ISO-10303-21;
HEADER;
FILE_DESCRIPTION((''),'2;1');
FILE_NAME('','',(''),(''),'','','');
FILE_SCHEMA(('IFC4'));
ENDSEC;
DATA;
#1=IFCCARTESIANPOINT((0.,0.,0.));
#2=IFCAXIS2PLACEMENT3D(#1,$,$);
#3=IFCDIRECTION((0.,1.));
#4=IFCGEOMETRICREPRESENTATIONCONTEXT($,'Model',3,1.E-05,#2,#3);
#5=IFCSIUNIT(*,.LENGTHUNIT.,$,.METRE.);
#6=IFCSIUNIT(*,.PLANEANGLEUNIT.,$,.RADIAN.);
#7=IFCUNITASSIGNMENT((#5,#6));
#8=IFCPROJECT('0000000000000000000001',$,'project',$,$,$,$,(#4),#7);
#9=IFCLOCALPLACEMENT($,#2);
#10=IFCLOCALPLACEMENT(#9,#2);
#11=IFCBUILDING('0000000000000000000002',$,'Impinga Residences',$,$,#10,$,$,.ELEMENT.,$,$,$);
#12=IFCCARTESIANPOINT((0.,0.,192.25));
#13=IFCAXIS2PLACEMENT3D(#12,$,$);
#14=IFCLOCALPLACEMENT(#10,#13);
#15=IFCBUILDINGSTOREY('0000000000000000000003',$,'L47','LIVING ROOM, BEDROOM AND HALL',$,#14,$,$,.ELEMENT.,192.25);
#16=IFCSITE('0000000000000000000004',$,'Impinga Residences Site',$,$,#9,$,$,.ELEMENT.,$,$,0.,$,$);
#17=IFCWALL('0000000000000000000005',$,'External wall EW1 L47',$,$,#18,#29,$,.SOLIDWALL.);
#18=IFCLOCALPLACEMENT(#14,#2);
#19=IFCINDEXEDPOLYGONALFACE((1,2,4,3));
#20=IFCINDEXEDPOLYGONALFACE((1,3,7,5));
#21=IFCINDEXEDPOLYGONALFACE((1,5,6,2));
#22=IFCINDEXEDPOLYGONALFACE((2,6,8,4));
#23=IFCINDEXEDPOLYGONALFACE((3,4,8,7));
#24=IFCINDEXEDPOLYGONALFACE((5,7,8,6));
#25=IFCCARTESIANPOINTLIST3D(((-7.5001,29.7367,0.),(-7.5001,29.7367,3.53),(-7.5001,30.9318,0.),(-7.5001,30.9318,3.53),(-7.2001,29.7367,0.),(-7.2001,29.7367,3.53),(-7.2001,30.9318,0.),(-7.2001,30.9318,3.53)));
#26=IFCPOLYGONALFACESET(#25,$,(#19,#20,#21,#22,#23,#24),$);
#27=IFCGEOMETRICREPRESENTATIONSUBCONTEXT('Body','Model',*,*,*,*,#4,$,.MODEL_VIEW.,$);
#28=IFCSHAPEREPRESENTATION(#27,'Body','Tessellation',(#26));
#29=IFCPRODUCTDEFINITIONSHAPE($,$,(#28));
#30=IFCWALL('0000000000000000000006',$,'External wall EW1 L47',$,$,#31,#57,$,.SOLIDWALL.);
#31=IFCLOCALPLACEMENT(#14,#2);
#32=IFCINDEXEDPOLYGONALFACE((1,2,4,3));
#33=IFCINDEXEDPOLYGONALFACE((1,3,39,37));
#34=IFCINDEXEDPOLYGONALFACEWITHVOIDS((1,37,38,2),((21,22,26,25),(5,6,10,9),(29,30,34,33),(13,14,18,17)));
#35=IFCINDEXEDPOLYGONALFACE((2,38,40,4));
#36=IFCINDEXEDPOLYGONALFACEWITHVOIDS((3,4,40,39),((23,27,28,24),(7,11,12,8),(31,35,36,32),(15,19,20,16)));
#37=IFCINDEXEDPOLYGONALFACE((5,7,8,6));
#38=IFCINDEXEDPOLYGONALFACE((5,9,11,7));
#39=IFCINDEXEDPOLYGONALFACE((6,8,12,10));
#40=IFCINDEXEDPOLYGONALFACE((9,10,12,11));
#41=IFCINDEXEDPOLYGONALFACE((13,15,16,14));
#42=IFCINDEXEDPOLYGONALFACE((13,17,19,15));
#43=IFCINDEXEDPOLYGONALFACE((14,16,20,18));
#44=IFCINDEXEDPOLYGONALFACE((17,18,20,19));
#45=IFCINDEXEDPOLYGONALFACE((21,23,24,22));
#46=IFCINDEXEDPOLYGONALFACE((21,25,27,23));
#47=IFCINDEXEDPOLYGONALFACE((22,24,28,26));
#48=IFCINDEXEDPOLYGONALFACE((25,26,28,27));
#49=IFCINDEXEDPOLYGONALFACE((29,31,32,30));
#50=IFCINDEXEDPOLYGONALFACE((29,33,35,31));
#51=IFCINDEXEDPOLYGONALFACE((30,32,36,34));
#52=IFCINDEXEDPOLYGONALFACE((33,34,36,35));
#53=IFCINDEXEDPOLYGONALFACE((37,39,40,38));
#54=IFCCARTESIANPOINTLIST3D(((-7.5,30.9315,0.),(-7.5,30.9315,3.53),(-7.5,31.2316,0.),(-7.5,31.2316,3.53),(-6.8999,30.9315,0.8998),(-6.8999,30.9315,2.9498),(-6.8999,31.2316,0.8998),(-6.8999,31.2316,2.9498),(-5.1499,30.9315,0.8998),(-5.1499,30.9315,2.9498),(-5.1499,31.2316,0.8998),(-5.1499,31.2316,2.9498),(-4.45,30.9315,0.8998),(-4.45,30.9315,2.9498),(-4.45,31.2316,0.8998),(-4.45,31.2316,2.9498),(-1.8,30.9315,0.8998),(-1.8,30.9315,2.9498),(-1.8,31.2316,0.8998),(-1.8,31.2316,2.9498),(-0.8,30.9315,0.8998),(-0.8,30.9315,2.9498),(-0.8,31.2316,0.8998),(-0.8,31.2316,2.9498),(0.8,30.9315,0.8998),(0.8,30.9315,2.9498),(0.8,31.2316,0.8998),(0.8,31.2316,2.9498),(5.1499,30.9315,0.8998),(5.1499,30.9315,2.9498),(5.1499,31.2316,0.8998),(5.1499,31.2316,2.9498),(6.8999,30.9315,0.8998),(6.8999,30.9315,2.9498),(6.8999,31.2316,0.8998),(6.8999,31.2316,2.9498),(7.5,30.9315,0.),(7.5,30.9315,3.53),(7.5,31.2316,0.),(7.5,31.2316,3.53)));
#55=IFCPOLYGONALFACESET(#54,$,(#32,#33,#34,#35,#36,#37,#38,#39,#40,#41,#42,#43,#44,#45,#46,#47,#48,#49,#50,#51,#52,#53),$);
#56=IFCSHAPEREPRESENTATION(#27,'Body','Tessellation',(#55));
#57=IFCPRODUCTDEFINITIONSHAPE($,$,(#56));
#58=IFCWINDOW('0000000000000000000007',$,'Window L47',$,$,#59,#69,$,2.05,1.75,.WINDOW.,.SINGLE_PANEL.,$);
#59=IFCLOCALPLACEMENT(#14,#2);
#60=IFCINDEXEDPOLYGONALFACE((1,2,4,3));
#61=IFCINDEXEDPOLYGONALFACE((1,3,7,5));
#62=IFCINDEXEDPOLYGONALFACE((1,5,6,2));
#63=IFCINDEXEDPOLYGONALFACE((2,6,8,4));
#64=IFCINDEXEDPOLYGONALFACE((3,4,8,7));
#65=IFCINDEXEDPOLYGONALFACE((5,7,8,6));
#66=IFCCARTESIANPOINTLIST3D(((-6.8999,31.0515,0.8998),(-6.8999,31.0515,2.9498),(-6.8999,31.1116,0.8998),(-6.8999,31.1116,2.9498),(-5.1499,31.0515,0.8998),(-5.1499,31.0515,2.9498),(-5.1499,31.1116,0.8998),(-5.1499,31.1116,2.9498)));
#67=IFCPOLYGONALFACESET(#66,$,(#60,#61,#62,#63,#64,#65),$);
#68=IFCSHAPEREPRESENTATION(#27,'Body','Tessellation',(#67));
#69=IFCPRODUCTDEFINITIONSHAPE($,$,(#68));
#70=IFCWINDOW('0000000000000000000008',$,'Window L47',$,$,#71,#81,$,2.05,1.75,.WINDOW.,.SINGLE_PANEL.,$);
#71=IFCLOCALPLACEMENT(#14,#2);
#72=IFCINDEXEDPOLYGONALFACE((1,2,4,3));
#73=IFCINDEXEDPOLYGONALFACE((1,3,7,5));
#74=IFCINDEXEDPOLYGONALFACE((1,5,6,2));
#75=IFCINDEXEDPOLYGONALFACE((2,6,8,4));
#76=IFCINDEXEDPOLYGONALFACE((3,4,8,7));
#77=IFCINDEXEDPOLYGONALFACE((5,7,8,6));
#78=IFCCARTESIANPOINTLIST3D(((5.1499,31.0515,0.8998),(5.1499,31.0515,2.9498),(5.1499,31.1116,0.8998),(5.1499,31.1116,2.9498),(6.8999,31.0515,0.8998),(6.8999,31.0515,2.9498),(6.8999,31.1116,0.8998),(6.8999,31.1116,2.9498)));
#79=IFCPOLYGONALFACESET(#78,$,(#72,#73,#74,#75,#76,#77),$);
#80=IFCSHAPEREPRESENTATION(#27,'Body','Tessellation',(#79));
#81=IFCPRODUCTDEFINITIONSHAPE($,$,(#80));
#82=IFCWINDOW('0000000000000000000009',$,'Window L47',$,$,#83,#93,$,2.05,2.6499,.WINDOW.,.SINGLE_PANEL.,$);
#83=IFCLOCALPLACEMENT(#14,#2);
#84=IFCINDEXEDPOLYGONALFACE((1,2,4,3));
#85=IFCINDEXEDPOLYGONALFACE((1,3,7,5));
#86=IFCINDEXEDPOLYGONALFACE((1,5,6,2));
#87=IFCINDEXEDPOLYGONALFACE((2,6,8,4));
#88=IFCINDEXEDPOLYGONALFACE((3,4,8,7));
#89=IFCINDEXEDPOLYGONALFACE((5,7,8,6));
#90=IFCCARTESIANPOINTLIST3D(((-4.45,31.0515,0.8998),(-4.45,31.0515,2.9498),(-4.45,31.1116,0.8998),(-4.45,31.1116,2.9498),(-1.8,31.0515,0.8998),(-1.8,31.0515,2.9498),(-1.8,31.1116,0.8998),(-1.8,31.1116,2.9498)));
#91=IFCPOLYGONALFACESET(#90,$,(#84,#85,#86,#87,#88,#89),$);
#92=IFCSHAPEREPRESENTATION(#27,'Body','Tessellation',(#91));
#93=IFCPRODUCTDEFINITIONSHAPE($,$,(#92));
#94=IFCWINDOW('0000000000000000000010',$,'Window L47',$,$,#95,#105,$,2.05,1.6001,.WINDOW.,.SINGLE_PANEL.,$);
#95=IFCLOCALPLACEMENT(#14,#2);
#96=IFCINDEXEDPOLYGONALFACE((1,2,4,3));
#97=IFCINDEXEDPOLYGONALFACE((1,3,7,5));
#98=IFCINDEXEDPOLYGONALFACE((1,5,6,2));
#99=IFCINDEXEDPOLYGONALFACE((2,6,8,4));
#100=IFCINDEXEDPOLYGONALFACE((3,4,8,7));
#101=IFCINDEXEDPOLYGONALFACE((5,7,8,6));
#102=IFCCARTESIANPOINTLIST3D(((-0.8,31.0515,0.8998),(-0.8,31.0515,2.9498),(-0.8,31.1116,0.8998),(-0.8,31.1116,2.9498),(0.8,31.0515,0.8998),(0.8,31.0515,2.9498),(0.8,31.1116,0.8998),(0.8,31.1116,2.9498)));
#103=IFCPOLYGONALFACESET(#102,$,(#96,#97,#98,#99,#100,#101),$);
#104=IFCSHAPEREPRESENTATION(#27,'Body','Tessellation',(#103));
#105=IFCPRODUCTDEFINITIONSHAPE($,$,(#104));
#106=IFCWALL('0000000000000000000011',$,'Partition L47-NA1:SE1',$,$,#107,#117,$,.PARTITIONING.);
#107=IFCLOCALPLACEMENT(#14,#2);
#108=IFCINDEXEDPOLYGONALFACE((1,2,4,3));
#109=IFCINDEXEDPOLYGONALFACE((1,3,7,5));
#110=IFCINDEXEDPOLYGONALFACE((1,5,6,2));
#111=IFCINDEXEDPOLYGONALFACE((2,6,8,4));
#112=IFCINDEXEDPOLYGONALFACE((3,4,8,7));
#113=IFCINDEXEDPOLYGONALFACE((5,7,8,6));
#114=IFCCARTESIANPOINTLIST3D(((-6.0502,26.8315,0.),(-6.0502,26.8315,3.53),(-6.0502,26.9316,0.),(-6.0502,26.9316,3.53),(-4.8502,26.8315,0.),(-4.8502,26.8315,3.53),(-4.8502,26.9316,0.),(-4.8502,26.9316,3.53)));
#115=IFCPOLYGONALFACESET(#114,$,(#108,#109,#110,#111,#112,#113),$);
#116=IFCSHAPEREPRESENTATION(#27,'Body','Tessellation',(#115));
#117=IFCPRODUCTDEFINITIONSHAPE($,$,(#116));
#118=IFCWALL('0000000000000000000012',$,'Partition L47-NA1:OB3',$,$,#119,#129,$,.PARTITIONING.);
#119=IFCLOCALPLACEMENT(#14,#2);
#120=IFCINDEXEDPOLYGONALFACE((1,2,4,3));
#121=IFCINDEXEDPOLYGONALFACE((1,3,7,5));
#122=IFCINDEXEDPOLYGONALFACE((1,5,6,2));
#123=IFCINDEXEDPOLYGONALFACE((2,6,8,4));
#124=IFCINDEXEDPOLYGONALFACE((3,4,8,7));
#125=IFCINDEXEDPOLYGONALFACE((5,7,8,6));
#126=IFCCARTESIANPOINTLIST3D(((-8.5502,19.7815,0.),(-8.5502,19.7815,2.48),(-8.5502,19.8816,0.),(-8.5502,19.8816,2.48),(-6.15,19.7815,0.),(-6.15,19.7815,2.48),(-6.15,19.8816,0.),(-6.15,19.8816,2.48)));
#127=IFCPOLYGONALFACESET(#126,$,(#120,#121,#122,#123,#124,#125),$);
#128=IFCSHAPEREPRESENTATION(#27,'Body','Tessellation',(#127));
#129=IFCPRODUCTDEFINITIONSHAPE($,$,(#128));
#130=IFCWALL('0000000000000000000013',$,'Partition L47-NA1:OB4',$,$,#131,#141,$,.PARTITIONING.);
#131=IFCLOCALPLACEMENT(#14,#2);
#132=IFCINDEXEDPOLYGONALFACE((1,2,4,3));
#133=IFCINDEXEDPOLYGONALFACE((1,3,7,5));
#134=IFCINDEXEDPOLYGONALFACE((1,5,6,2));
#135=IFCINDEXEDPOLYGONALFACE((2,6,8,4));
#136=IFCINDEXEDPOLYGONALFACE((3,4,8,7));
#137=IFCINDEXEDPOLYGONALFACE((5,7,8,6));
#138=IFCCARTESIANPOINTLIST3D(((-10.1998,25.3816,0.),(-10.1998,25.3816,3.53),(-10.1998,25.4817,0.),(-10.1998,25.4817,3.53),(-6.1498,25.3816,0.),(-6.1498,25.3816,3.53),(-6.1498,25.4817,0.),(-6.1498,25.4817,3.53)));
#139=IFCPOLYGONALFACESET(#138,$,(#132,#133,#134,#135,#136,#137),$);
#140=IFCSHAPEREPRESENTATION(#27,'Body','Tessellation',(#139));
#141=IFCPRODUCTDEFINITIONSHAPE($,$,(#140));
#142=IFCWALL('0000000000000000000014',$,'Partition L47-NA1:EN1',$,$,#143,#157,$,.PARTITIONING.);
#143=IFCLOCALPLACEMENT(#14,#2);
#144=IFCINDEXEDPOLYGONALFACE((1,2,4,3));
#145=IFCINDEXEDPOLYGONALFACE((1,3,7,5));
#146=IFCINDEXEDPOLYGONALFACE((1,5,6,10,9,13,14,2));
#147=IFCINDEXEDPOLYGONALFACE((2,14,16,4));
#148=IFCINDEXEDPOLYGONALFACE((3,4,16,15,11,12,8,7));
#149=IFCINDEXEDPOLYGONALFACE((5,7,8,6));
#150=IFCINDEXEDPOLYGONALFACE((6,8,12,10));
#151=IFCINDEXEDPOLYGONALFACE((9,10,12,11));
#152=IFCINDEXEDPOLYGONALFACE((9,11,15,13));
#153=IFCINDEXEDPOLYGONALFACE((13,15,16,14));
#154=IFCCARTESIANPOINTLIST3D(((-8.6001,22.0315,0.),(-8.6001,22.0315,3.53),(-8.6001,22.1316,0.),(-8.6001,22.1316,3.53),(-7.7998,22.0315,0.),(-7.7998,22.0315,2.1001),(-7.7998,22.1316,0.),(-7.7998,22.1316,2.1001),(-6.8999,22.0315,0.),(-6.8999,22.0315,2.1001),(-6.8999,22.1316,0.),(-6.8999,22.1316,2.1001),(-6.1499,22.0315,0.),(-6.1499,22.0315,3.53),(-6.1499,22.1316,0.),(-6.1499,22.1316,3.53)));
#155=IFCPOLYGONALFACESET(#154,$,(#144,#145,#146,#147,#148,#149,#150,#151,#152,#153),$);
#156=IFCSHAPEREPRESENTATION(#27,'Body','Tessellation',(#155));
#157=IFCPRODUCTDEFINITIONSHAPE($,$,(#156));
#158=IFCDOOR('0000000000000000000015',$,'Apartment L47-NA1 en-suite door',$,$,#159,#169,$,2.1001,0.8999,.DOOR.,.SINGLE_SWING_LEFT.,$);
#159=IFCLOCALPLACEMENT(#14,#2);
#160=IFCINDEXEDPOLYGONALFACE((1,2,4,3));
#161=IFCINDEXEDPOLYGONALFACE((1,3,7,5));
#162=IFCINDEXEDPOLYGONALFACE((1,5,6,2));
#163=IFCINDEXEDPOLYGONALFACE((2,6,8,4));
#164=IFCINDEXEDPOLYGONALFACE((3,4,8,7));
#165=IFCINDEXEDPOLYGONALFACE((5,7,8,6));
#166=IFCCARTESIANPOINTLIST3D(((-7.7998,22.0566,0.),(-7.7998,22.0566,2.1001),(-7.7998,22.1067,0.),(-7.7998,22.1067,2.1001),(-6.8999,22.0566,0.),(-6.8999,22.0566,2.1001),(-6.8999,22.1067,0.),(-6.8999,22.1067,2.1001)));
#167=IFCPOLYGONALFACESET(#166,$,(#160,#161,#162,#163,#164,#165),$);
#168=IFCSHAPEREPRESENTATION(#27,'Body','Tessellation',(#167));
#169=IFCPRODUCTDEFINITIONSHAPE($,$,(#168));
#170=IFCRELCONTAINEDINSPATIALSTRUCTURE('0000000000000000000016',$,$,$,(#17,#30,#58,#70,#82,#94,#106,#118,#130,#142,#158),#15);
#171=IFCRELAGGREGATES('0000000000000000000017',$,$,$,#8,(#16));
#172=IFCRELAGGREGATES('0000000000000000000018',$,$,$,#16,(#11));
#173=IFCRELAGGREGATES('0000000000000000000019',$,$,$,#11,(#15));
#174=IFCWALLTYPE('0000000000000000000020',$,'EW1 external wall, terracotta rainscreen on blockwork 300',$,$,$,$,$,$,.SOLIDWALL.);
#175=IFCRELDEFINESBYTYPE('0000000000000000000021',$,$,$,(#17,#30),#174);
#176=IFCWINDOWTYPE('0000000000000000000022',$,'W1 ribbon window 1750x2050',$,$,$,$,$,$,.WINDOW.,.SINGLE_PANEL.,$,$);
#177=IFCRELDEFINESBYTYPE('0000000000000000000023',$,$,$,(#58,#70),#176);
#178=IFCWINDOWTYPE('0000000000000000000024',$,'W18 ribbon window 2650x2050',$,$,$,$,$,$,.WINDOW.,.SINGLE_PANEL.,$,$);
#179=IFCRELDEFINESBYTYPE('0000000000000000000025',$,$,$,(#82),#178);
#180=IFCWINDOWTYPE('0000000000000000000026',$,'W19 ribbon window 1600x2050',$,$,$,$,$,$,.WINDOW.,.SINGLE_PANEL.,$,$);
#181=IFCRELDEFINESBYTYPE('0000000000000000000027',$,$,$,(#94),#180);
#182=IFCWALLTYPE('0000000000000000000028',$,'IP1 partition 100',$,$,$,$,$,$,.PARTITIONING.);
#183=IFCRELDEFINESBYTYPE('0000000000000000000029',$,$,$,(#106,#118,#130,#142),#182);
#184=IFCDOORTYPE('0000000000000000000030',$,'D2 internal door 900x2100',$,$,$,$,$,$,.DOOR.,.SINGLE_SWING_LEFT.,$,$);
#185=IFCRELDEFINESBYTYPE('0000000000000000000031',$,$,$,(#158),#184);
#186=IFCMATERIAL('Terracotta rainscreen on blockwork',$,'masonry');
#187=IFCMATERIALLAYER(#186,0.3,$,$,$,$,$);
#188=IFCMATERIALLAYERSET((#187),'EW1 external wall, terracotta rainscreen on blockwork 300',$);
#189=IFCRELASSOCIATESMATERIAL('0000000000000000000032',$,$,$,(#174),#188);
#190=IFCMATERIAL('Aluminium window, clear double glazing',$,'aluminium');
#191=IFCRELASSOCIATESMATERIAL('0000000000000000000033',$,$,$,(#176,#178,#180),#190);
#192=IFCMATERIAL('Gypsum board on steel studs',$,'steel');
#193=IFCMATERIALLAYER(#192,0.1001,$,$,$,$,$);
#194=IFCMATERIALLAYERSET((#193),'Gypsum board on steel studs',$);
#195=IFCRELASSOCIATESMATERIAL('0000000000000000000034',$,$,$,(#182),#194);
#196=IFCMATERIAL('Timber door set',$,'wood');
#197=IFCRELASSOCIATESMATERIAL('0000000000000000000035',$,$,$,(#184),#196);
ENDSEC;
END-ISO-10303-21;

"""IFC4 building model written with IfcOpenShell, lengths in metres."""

from ifc_helpers import new_model, si_unit, direction, frame, frame_2d, origin, place, context, subcontext, project, spatial, rectangle, extrude, material, layer, layer_set, type_object, element, fill, save


model = new_model("IFC4")

# Units and contexts
model_context = context("Model", 3, precision=1e-05, world=origin(), true_north=direction((0.0, 1.0)))
body_context = subcontext(model_context, "Body", "Model", "MODEL_VIEW")
ifc_project = project(units=[si_unit("LENGTHUNIT", "METRE"), si_unit("PLANEANGLEUNIT", "RADIAN")], contexts=[model_context])

# Site, building, storey
site_placement = place(None, origin())
site = spatial("IfcSite", under=ifc_project, at=site_placement, Name="Impinga Residences Site", CompositionType="ELEMENT", RefElevation=0.0)
building_placement = place(site_placement, origin())
building = spatial("IfcBuilding", under=site, at=building_placement, Name="Impinga Residences", CompositionType="ELEMENT")
storey_placement = place(building_placement, frame((0.0, 0.0, 192.25)))
storey = spatial("IfcBuildingStorey", under=building, at=storey_placement, Name="L47", Description="LIVING ROOM, BEDROOM AND HALL", CompositionType="ELEMENT", Elevation=192.25)

# Shared definitions
ifc_material_1 = material(Name="Timber door set", Category="wood")

# Wall
ifc_material_2 = material(Name="Terracotta rainscreen on blockwork", Category="masonry")
ifc_layer_1 = layer(ifc_material_2, 0.3)
ifc_layer_set_1 = layer_set([ifc_layer_1], Name="EW1 external wall, terracotta rainscreen on blockwork 300")
wall_type_1 = type_object("IfcWallType", Name="EW1 external wall, terracotta rainscreen on blockwork 300", PredefinedType="SOLIDWALL", material=ifc_layer_set_1)
wall_1_placement = place(storey_placement, frame((-7.3501, 29.7366, 0.0), z_axis=(0.0, 0.0, 1.0), x_axis=(0.0, 1.0, 0.0)))
element("IfcWall", 1, at=wall_1_placement, inside=storey, type_object=wall_type_1, Name="External wall EW1 L47", PredefinedType="SOLIDWALL", context=body_context, shape_type="SweptSolid", body=[
    extrude(rectangle(XDim=1.1951, YDim=0.3, at=frame_2d((0.5977, 0.0))), origin(), (0.0, 0.0, 1.0), 3.53),
])

# Wall, openings, windows
wall_2_placement = place(storey_placement, frame((-7.5, 31.0815, 0.0), z_axis=(0.0, 0.0, 1.0), x_axis=(1.0, 0.0, 0.0)))
wall_2 = element("IfcWall", 2, at=wall_2_placement, inside=storey, type_object=wall_type_1, Name="External wall EW1 L47", PredefinedType="SOLIDWALL", context=body_context, shape_type="SweptSolid", body=[
    extrude(rectangle(XDim=15.0, YDim=0.3, at=frame_2d((7.5, 0.0))), origin(), (0.0, 0.0, 1.0), 3.53),
])
opening_1_placement = place(wall_2_placement, frame((0.6001, 0.0, 0.8999)))
opening_1 = element("IfcOpeningElement", 3, at=opening_1_placement, cuts=wall_2, PredefinedType="OPENING", context=body_context, shape_type="SweptSolid", body=[
    extrude(rectangle(XDim=1.75, YDim=2.05, at=frame_2d((0.875, 1.0249))), frame((0.0, 0.1599, 0.0), z_axis=(0.0, -1.0, 0.0), x_axis=(1.0, 0.0, 0.0)), (0.0, 0.0, 1.0), 0.3201),
])
opening_2_placement = place(wall_2_placement, frame((3.05, 0.0, 0.8999)))
opening_2 = element("IfcOpeningElement", 4, at=opening_2_placement, cuts=wall_2, PredefinedType="OPENING", context=body_context, shape_type="SweptSolid", body=[
    extrude(rectangle(XDim=2.6499, YDim=2.05, at=frame_2d((1.325, 1.0249))), frame((0.0, 0.1599, 0.0), z_axis=(0.0, -1.0, 0.0), x_axis=(1.0, 0.0, 0.0)), (0.0, 0.0, 1.0), 0.3201),
])
opening_3_placement = place(wall_2_placement, frame((6.7, 0.0, 0.8999)))
opening_3 = element("IfcOpeningElement", 5, at=opening_3_placement, cuts=wall_2, PredefinedType="OPENING", context=body_context, shape_type="SweptSolid", body=[
    extrude(rectangle(XDim=1.6001, YDim=2.05, at=frame_2d((0.8, 1.0249))), frame((0.0, 0.1599, 0.0), z_axis=(0.0, -1.0, 0.0), x_axis=(1.0, 0.0, 0.0)), (0.0, 0.0, 1.0), 0.3201),
])
opening_4_placement = place(wall_2_placement, frame((12.6499, 0.0, 0.8999)))
opening_4 = element("IfcOpeningElement", 6, at=opening_4_placement, cuts=wall_2, PredefinedType="OPENING", context=body_context, shape_type="SweptSolid", body=[
    extrude(rectangle(XDim=1.75, YDim=2.05, at=frame_2d((0.875, 1.0249))), frame((0.0, 0.1599, 0.0), z_axis=(0.0, -1.0, 0.0), x_axis=(1.0, 0.0, 0.0)), (0.0, 0.0, 1.0), 0.3201),
])
ifc_material_3 = material(Name="Aluminium window, clear double glazing", Category="aluminium")
window_type_1 = type_object("IfcWindowType", Name="W1 ribbon window 1750x2050", PartitioningType="SINGLE_PANEL", PredefinedType="WINDOW", material=ifc_material_3)
window_1_placement = place(opening_1_placement, origin())
window_1 = element("IfcWindow", 7, at=window_1_placement, inside=storey, type_object=window_type_1, Name="Window L47", OverallHeight=2.05, OverallWidth=1.75, PartitioningType="SINGLE_PANEL", PredefinedType="WINDOW", context=body_context, shape_type="SweptSolid", body=[
    extrude(rectangle(XDim=1.75, YDim=2.05, at=frame_2d((0.875, 1.0249))), frame((0.0, 0.03, 0.0), z_axis=(0.0, -1.0, 0.0), x_axis=(1.0, 0.0, 0.0)), (0.0, 0.0, 1.0), 0.0601),
])
fill(opening_1, window_1)
window_2_placement = place(opening_4_placement, origin())
window_2 = element("IfcWindow", 8, at=window_2_placement, inside=storey, type_object=window_type_1, Name="Window L47", OverallHeight=2.05, OverallWidth=1.75, PartitioningType="SINGLE_PANEL", PredefinedType="WINDOW", context=body_context, shape_type="SweptSolid", body=[
    extrude(rectangle(XDim=1.75, YDim=2.05, at=frame_2d((0.875, 1.0249))), frame((0.0, 0.03, 0.0), z_axis=(0.0, -1.0, 0.0), x_axis=(1.0, 0.0, 0.0)), (0.0, 0.0, 1.0), 0.0601),
])
fill(opening_4, window_2)
window_type_2 = type_object("IfcWindowType", Name="W18 ribbon window 2650x2050", PartitioningType="SINGLE_PANEL", PredefinedType="WINDOW", material=ifc_material_3)
window_3_placement = place(opening_2_placement, origin())
window_3 = element("IfcWindow", 9, at=window_3_placement, inside=storey, type_object=window_type_2, Name="Window L47", OverallHeight=2.05, OverallWidth=2.6499, PartitioningType="SINGLE_PANEL", PredefinedType="WINDOW", context=body_context, shape_type="SweptSolid", body=[
    extrude(rectangle(XDim=2.6499, YDim=2.05, at=frame_2d((1.325, 1.0249))), frame((0.0, 0.03, 0.0), z_axis=(0.0, -1.0, 0.0), x_axis=(1.0, 0.0, 0.0)), (0.0, 0.0, 1.0), 0.0601),
])
fill(opening_2, window_3)
window_type_3 = type_object("IfcWindowType", Name="W19 ribbon window 1600x2050", PartitioningType="SINGLE_PANEL", PredefinedType="WINDOW", material=ifc_material_3)
window_4_placement = place(opening_3_placement, origin())
window_4 = element("IfcWindow", 10, at=window_4_placement, inside=storey, type_object=window_type_3, Name="Window L47", OverallHeight=2.05, OverallWidth=1.6001, PartitioningType="SINGLE_PANEL", PredefinedType="WINDOW", context=body_context, shape_type="SweptSolid", body=[
    extrude(rectangle(XDim=1.6001, YDim=2.05, at=frame_2d((0.8, 1.0249))), frame((0.0, 0.03, 0.0), z_axis=(0.0, -1.0, 0.0), x_axis=(1.0, 0.0, 0.0)), (0.0, 0.0, 1.0), 0.0601),
])
fill(opening_3, window_4)

# Walls
ifc_material_4 = material(Name="Gypsum board on steel studs", Category="steel")
ifc_layer_2 = layer(ifc_material_4, 0.1001)
ifc_layer_set_2 = layer_set([ifc_layer_2], Name="Gypsum board on steel studs")
wall_type_2 = type_object("IfcWallType", Name="IP1 partition 100", PredefinedType="PARTITIONING", material=ifc_layer_set_2)
wall_3_placement = place(storey_placement, frame((-4.8501, 26.8816, 0.0), z_axis=(0.0, 0.0, 1.0), x_axis=(-1.0, 0.0, 0.0)))
element("IfcWall", 11, at=wall_3_placement, inside=storey, type_object=wall_type_2, Name="Partition L47-NA1:SE1", PredefinedType="PARTITIONING", context=body_context, shape_type="SweptSolid", body=[
    extrude(rectangle(XDim=1.2, YDim=0.1001, at=frame_2d((0.6001, 0.0))), origin(), (0.0, 0.0, 1.0), 3.53),
])
wall_4_placement = place(storey_placement, frame((-6.1499, 19.8315, 0.0), z_axis=(0.0, 0.0, 1.0), x_axis=(-1.0, 0.0, 0.0)))
element("IfcWall", 12, at=wall_4_placement, inside=storey, type_object=wall_type_2, Name="Partition L47-NA1:OB3", PredefinedType="PARTITIONING", context=body_context, shape_type="SweptSolid", body=[
    extrude(rectangle(XDim=2.4001, YDim=0.1001, at=frame_2d((1.2002, 0.0))), origin(), (0.0, 0.0, 1.0), 2.48),
])
wall_5_placement = place(storey_placement, frame((-6.1499, 25.4316, 0.0), z_axis=(0.0, 0.0, 1.0), x_axis=(-1.0, 0.0, 0.0)))
element("IfcWall", 13, at=wall_5_placement, inside=storey, type_object=wall_type_2, Name="Partition L47-NA1:OB4", PredefinedType="PARTITIONING", context=body_context, shape_type="SweptSolid", body=[
    extrude(rectangle(XDim=4.05, YDim=0.1001, at=frame_2d((2.0249, 0.0))), origin(), (0.0, 0.0, 1.0), 3.53),
])

# Wall, opening, door
wall_6_placement = place(storey_placement, frame((-6.1499, 22.0815, 0.0), z_axis=(0.0, 0.0, 1.0), x_axis=(-1.0, 0.0, 0.0)))
wall_6 = element("IfcWall", 14, at=wall_6_placement, inside=storey, type_object=wall_type_2, Name="Partition L47-NA1:EN1", PredefinedType="PARTITIONING", context=body_context, shape_type="SweptSolid", body=[
    extrude(rectangle(XDim=2.4502, YDim=0.1001, at=frame_2d((1.2251, 0.0))), origin(), (0.0, 0.0, 1.0), 3.53),
])
opening_5_placement = place(wall_6_placement, frame((0.75, 0.0, 0.0)))
opening_5 = element("IfcOpeningElement", 15, at=opening_5_placement, cuts=wall_6, PredefinedType="OPENING", context=body_context, shape_type="SweptSolid", body=[
    extrude(rectangle(XDim=0.8999, YDim=2.1001, at=frame_2d((0.45, 1.05))), frame((0.0, 0.0601, 0.0), z_axis=(0.0, -1.0, 0.0), x_axis=(1.0, 0.0, 0.0)), (0.0, 0.0, 1.0), 0.1201),
])
door_type_1 = type_object("IfcDoorType", Name="D2 internal door 900x2100", OperationType="SINGLE_SWING_LEFT", PredefinedType="DOOR", material=ifc_material_1)
door_1_placement = place(opening_5_placement, origin())
door_1 = element("IfcDoor", 16, at=door_1_placement, inside=storey, type_object=door_type_1, Name="Apartment L47-NA1 en-suite door", OperationType="SINGLE_SWING_LEFT", OverallHeight=2.1001, OverallWidth=0.8999, PredefinedType="DOOR", context=body_context, shape_type="SweptSolid", body=[
    extrude(rectangle(XDim=0.8999, YDim=2.1001, at=frame_2d((0.45, 1.05))), frame((0.0, 0.0249, 0.0), z_axis=(0.0, -1.0, 0.0), x_axis=(1.0, 0.0, 0.0)), (0.0, 0.0, 1.0), 0.05),
])
fill(opening_5, door_1)

save(model, "model.ifc")
